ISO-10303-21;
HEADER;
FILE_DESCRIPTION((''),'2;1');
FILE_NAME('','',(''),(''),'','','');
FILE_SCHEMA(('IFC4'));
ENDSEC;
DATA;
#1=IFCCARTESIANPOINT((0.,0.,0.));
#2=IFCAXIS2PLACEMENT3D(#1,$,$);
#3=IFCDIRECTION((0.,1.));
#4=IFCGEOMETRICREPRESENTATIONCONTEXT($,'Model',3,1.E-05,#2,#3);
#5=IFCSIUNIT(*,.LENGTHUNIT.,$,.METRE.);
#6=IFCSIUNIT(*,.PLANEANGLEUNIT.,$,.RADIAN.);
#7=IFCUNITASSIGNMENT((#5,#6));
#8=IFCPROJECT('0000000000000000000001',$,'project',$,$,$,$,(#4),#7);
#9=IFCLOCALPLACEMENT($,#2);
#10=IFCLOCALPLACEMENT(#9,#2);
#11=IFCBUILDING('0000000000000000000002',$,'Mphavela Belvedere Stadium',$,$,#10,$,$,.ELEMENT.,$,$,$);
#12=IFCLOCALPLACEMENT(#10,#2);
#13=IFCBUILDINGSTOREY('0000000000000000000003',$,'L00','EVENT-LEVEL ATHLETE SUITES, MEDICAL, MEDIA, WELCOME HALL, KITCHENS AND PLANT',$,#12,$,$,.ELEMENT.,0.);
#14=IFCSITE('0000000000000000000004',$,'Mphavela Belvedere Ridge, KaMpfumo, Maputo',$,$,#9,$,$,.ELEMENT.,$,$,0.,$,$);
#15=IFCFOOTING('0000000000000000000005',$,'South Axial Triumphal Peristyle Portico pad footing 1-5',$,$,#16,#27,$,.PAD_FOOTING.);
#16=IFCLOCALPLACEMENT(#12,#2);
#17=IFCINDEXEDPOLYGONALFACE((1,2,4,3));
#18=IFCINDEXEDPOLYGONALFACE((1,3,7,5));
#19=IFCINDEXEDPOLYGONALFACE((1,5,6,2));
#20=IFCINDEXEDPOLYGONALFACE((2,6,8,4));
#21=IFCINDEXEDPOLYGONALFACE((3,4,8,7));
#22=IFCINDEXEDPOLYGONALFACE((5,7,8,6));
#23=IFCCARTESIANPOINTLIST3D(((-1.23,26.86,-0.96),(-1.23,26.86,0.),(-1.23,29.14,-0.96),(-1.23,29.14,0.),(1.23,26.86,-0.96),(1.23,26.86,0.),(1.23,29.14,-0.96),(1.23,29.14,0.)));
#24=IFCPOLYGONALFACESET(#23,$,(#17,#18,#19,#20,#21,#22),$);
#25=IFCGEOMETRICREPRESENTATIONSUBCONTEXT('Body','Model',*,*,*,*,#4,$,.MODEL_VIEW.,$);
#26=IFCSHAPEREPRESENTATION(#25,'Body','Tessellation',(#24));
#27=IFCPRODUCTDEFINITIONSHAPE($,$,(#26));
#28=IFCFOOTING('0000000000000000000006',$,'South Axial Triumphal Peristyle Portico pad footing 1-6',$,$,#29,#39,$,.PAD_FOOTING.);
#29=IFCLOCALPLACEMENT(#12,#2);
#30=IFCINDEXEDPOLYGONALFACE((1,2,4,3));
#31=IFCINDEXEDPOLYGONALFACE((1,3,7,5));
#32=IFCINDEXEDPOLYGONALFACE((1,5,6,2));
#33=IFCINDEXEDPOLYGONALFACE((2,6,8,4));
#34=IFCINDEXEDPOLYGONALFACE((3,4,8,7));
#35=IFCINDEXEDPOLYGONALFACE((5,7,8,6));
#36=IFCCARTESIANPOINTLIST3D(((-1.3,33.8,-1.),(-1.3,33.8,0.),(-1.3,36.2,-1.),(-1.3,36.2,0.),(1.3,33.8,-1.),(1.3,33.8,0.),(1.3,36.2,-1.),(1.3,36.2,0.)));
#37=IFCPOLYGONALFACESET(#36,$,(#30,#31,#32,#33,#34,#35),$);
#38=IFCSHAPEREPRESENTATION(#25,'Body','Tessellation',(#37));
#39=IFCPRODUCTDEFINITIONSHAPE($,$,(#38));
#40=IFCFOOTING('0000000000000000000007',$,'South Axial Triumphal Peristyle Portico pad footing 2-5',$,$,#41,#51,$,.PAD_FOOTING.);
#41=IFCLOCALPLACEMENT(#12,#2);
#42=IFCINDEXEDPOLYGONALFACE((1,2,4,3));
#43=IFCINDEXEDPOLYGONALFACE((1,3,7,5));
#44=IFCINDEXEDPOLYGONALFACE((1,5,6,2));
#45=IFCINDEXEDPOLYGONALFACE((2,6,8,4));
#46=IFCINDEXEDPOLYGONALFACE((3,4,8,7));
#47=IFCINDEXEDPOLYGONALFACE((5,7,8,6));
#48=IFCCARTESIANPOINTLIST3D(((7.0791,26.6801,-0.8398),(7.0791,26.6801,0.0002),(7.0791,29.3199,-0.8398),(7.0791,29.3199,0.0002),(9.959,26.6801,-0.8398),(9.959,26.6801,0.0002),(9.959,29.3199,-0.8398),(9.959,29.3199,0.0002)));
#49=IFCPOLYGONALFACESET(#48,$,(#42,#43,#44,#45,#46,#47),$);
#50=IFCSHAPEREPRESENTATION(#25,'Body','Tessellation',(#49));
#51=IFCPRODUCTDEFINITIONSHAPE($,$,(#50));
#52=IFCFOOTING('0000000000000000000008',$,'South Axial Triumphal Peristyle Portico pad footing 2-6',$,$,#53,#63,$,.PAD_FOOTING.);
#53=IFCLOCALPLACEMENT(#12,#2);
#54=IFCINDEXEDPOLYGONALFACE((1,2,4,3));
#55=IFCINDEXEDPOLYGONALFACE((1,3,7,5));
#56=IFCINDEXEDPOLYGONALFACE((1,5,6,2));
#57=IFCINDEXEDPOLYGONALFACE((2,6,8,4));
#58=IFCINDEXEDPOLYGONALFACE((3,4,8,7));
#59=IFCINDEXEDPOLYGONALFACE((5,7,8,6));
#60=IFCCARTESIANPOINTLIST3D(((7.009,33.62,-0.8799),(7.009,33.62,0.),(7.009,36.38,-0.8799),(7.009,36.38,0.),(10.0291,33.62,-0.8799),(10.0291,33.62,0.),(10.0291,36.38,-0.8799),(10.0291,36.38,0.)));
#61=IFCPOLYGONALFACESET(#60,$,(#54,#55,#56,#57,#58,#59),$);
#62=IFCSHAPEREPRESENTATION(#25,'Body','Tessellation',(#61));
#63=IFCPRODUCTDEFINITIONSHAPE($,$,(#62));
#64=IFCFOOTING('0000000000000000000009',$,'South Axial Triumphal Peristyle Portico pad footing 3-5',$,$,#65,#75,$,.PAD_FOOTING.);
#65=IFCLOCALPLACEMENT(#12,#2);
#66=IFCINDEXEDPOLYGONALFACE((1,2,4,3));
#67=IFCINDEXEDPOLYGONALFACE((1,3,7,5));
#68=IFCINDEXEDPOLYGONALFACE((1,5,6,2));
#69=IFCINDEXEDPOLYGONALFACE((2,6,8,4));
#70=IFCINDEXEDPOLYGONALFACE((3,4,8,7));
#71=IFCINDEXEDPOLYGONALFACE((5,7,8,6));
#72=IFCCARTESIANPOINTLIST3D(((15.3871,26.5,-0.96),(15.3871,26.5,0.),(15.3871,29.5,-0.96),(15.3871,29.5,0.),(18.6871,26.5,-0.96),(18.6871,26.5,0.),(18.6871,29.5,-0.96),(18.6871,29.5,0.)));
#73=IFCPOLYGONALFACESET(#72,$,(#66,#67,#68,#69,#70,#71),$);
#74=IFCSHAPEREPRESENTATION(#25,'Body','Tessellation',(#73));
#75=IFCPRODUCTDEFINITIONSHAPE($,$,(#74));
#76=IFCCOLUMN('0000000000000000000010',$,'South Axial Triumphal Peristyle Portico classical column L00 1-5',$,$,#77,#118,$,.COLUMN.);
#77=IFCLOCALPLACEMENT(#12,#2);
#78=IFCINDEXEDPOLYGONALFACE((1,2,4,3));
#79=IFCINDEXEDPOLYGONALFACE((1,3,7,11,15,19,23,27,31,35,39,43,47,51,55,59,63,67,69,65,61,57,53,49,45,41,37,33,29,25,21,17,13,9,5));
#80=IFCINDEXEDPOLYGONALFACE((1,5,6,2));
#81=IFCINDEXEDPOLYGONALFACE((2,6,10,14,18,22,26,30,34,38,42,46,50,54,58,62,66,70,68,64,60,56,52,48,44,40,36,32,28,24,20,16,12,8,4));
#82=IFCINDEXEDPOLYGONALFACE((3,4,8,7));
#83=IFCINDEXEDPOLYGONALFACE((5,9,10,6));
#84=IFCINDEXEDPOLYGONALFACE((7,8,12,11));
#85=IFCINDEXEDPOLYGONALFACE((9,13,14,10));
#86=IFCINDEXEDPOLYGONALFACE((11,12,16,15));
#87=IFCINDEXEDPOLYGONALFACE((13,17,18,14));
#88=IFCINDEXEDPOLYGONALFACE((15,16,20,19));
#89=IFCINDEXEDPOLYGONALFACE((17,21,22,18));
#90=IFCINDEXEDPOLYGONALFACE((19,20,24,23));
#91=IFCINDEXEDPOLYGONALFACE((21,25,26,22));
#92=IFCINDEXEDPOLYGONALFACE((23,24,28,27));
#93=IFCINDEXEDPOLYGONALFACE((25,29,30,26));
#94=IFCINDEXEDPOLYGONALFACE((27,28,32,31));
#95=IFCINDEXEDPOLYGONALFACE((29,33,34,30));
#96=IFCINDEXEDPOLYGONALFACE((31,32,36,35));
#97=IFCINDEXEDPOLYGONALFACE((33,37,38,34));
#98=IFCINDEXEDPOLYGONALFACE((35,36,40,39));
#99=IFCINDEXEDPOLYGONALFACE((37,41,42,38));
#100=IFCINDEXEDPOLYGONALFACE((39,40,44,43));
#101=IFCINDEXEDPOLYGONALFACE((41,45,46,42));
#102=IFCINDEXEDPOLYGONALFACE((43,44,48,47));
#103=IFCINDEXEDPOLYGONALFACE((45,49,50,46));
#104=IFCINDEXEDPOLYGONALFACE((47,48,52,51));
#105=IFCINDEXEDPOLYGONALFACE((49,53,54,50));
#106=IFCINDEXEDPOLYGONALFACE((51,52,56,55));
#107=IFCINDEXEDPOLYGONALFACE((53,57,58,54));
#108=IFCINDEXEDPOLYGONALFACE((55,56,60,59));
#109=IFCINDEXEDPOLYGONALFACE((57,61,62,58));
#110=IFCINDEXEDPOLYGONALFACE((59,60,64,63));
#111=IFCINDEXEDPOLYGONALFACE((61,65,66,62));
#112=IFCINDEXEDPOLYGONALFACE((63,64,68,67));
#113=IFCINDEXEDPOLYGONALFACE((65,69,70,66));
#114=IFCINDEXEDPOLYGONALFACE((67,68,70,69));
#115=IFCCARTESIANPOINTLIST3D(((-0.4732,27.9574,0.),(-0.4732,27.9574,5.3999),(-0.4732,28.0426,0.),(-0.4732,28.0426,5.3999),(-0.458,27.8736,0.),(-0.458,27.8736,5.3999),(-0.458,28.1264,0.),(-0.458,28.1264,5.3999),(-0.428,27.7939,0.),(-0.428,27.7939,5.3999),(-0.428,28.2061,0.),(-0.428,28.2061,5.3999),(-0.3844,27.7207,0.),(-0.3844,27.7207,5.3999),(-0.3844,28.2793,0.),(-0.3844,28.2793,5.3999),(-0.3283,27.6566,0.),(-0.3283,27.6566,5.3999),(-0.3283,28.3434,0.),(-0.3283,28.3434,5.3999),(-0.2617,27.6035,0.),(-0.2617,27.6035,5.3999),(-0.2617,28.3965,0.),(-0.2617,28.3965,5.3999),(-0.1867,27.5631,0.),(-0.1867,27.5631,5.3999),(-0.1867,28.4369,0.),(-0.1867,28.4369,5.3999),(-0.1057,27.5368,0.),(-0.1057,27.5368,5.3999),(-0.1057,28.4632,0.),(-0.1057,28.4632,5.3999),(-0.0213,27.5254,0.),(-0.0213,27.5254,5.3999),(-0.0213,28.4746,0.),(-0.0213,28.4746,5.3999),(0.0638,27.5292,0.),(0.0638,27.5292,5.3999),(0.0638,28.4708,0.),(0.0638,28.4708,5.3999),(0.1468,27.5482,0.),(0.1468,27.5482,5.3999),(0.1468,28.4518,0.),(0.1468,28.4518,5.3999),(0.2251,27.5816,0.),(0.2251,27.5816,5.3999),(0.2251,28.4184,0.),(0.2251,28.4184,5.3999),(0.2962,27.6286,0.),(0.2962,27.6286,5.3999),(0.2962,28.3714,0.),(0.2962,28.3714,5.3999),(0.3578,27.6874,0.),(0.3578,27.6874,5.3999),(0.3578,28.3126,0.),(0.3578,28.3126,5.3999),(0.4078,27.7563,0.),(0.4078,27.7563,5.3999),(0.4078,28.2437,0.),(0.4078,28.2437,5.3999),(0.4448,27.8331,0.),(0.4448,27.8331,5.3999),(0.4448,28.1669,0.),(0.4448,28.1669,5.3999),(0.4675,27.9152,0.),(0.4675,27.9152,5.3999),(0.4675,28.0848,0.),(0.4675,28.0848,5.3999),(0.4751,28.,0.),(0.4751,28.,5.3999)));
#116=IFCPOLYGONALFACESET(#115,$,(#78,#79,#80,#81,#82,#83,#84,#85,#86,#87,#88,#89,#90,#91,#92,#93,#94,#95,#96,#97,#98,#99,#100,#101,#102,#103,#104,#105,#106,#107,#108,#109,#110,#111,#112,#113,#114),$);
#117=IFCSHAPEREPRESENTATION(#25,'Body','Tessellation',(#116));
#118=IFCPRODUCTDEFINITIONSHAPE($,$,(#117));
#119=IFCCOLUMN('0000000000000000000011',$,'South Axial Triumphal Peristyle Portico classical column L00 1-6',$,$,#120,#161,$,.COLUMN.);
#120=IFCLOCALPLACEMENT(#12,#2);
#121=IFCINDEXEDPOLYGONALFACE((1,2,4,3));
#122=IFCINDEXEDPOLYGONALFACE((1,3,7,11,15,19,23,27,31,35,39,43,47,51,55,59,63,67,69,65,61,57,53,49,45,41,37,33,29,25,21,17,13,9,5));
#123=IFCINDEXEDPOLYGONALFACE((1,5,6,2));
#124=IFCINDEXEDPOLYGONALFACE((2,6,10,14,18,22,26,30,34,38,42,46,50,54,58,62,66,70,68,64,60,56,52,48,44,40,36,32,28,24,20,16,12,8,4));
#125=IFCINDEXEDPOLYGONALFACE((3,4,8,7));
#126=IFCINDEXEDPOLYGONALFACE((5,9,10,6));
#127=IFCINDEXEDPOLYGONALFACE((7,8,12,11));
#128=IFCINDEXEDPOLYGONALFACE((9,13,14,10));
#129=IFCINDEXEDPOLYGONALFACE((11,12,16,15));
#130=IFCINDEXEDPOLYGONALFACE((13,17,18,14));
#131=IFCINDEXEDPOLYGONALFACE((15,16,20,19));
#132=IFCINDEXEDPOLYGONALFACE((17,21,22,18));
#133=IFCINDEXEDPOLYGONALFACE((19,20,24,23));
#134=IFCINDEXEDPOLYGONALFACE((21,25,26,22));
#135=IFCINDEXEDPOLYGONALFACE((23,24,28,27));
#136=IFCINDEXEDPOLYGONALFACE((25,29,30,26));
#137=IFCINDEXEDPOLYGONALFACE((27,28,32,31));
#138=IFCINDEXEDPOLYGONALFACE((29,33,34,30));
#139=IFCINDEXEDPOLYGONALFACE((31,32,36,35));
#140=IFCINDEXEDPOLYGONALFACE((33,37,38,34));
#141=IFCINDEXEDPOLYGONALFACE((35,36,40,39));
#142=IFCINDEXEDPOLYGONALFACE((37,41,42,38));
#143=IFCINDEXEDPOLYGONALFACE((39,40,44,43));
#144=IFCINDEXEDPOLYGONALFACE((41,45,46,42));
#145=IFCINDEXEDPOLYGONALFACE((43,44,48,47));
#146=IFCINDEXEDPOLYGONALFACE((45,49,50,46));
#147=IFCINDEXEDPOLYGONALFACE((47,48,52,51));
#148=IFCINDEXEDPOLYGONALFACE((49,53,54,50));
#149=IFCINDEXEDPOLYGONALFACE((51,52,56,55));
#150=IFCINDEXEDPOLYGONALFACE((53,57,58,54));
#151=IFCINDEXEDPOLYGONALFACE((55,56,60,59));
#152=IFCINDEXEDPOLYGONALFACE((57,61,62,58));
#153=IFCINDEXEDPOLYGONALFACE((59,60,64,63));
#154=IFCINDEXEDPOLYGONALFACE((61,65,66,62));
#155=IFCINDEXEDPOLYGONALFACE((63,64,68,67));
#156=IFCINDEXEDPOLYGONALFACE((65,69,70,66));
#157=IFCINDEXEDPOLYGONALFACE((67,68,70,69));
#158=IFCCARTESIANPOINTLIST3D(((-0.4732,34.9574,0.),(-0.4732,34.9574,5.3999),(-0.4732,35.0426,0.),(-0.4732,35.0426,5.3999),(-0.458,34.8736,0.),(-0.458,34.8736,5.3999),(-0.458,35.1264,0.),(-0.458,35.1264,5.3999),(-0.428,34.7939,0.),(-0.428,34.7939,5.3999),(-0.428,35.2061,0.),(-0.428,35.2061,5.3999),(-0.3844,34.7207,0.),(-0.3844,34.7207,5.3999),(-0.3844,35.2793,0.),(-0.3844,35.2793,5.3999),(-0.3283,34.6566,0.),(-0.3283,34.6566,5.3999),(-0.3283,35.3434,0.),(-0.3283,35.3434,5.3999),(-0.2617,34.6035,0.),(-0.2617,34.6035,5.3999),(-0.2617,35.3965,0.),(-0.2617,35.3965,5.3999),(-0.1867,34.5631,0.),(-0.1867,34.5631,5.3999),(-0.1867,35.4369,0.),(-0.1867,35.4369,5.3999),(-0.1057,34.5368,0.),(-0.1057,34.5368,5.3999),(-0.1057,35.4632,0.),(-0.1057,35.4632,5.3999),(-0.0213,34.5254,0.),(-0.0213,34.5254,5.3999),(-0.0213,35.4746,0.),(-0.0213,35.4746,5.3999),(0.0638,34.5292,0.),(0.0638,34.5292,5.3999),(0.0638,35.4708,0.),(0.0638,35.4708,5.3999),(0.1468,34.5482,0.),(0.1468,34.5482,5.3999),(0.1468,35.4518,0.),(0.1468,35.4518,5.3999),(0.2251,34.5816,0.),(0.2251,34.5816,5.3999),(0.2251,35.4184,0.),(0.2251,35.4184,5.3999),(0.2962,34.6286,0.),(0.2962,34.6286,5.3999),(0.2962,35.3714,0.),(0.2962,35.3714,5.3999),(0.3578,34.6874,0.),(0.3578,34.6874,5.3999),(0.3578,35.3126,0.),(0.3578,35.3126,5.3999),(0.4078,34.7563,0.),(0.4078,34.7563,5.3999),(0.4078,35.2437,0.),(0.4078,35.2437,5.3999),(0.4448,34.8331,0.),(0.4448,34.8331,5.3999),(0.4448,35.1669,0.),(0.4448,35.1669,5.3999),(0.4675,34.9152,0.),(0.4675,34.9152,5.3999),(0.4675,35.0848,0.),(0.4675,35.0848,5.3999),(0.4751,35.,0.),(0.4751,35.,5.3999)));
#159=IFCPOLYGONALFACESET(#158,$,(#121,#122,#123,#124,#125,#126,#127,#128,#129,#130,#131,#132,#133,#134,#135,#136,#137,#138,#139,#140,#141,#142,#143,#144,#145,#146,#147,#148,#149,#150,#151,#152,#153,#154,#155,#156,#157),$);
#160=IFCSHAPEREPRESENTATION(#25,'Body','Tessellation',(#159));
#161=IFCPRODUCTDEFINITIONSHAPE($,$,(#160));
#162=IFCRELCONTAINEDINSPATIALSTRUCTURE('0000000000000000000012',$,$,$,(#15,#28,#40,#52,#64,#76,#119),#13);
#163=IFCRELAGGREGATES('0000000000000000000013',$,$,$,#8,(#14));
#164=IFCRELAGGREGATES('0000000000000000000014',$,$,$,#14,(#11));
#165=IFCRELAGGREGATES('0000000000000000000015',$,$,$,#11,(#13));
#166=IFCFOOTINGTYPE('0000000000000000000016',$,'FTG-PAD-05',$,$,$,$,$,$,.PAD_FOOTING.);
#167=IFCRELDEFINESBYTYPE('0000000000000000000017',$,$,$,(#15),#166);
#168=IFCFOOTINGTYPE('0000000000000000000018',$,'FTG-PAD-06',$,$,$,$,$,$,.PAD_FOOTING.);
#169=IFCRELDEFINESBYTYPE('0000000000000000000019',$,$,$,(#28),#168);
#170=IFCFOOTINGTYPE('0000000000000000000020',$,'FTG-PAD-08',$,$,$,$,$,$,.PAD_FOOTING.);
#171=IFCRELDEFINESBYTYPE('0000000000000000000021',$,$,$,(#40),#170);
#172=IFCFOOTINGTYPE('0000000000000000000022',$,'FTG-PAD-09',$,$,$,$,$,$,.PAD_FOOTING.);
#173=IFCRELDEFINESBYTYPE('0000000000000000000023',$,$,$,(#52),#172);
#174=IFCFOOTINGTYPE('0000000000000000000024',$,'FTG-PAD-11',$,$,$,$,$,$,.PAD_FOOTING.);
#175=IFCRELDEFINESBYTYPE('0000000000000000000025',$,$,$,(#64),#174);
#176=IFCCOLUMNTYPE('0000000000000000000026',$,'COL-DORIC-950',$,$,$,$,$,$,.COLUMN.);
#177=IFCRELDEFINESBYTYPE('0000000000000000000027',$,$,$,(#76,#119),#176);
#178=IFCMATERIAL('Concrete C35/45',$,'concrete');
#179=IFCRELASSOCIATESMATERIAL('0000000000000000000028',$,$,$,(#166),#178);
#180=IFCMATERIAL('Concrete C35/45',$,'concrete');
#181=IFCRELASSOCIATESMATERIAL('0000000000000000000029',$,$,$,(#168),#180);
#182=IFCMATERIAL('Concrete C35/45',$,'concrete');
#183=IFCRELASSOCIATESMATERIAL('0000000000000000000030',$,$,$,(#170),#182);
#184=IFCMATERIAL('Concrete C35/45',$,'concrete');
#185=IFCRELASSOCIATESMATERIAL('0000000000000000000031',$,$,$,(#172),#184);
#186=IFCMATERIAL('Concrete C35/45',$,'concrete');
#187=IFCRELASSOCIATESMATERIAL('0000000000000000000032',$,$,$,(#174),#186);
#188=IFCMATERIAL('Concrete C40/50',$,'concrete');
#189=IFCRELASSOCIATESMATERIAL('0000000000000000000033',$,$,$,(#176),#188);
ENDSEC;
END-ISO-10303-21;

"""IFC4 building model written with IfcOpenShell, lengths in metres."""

from ifc_helpers import new_model, si_unit, direction, frame, origin, origin_2d, place, context, subcontext, project, spatial, rectangle, circle, extrude, material, material_profile, profile_set, type_object, element, save


model = new_model("IFC4")

# Units and contexts
model_context = context("Model", 3, precision=1e-05, world=origin(), true_north=direction((0.0, 1.0)))
body_context = subcontext(model_context, "Body", "Model", "MODEL_VIEW")
ifc_project = project(units=[si_unit("LENGTHUNIT", "METRE"), si_unit("PLANEANGLEUNIT", "RADIAN")], contexts=[model_context])

# Site, building, storey
site_placement = place(None, origin())
site = spatial("IfcSite", under=ifc_project, at=site_placement, Name="Mphavela Belvedere Ridge, KaMpfumo, Maputo", CompositionType="ELEMENT", RefElevation=0.0)
building_placement = place(site_placement, origin())
building = spatial("IfcBuilding", under=site, at=building_placement, Name="Mphavela Belvedere Stadium", CompositionType="ELEMENT")
storey_placement = place(building_placement, origin())
storey = spatial("IfcBuildingStorey", under=building, at=storey_placement, Name="L00", Description="EVENT-LEVEL ATHLETE SUITES, MEDICAL, MEDIA, WELCOME HALL, KITCHENS AND PLANT", CompositionType="ELEMENT", Elevation=0.0)

# Footings
ifc_material_1 = material(Name="Concrete C35/45", Category="concrete")
footing_type_1 = type_object("IfcFootingType", Name="FTG-PAD-05", PredefinedType="PAD_FOOTING", material=ifc_material_1)
footing_1_placement = place(storey_placement, frame((0.0, 28.0, -0.96), z_axis=(0.0, 0.0, 1.0), x_axis=(1.0, 0.0, 0.0)))
element("IfcFooting", 1, at=footing_1_placement, inside=storey, type_object=footing_type_1, Name="South Axial Triumphal Peristyle Portico pad footing 1-5", PredefinedType="PAD_FOOTING", context=body_context, shape_type="SweptSolid", body=[
    extrude(rectangle(XDim=2.46, YDim=2.28, at=origin_2d()), origin(), (0.0, 0.0, 1.0), 0.96),
])
ifc_material_2 = material(Name="Concrete C35/45", Category="concrete")
footing_type_2 = type_object("IfcFootingType", Name="FTG-PAD-06", PredefinedType="PAD_FOOTING", material=ifc_material_2)
footing_2_placement = place(storey_placement, frame((0.0, 35.0, -1.0), z_axis=(0.0, 0.0, 1.0), x_axis=(1.0, 0.0, 0.0)))
element("IfcFooting", 2, at=footing_2_placement, inside=storey, type_object=footing_type_2, Name="South Axial Triumphal Peristyle Portico pad footing 1-6", PredefinedType="PAD_FOOTING", context=body_context, shape_type="SweptSolid", body=[
    extrude(rectangle(XDim=2.6001, YDim=2.3999, at=origin_2d()), origin(), (0.0, 0.0, 1.0), 1.0),
])
ifc_material_3 = material(Name="Concrete C35/45", Category="concrete")
footing_type_3 = type_object("IfcFootingType", Name="FTG-PAD-08", PredefinedType="PAD_FOOTING", material=ifc_material_3)
footing_3_placement = place(storey_placement, frame((8.519, 28.0, -0.8398), z_axis=(0.0, 0.0, 1.0), x_axis=(1.0, 0.0, 0.0)))
element("IfcFooting", 3, at=footing_3_placement, inside=storey, type_object=footing_type_3, Name="South Axial Triumphal Peristyle Portico pad footing 2-5", PredefinedType="PAD_FOOTING", context=body_context, shape_type="SweptSolid", body=[
    extrude(rectangle(XDim=2.8799, YDim=2.6399, at=origin_2d()), origin(), (0.0, 0.0, 1.0), 0.8401),
])
ifc_material_4 = material(Name="Concrete C35/45", Category="concrete")
footing_type_4 = type_object("IfcFootingType", Name="FTG-PAD-09", PredefinedType="PAD_FOOTING", material=ifc_material_4)
footing_4_placement = place(storey_placement, frame((8.519, 35.0, -0.8799), z_axis=(0.0, 0.0, 1.0), x_axis=(1.0, 0.0, 0.0)))
element("IfcFooting", 4, at=footing_4_placement, inside=storey, type_object=footing_type_4, Name="South Axial Triumphal Peristyle Portico pad footing 2-6", PredefinedType="PAD_FOOTING", context=body_context, shape_type="SweptSolid", body=[
    extrude(rectangle(XDim=3.02, YDim=2.76, at=origin_2d()), origin(), (0.0, 0.0, 1.0), 0.8799),
])
ifc_material_5 = material(Name="Concrete C35/45", Category="concrete")
footing_type_5 = type_object("IfcFootingType", Name="FTG-PAD-11", PredefinedType="PAD_FOOTING", material=ifc_material_5)
footing_5_placement = place(storey_placement, frame((17.0371, 28.0, -0.96), z_axis=(0.0, 0.0, 1.0), x_axis=(1.0, 0.0, 0.0)))
element("IfcFooting", 5, at=footing_5_placement, inside=storey, type_object=footing_type_5, Name="South Axial Triumphal Peristyle Portico pad footing 3-5", PredefinedType="PAD_FOOTING", context=body_context, shape_type="SweptSolid", body=[
    extrude(rectangle(XDim=3.3, YDim=3.0, at=origin_2d()), origin(), (0.0, 0.0, 1.0), 0.96),
])

# Columns
ifc_material_6 = material(Name="Concrete C40/50", Category="concrete")
ifc_material_profile_1 = material_profile(ifc_material_6, circle(Radius=0.4751, at=origin_2d()), Name="COL D950")
ifc_profile_set_1 = profile_set([ifc_material_profile_1], Name="Concrete C40/50")
column_type = type_object("IfcColumnType", Name="COL-DORIC-950", PredefinedType="COLUMN", material=ifc_profile_set_1)
for number, where, z_axis, x_axis, name in (
    (6, (0.0, 28.0, 0.0), (0.0, 0.0, 1.0), (1.0, 0.0, 0.0), "South Axial Triumphal Peristyle Portico classical column L00 1-5"),
    (7, (0.0, 35.0, 0.0), (0.0, 0.0, 1.0), (1.0, 0.0, 0.0), "South Axial Triumphal Peristyle Portico classical column L00 1-6"),
):
    element("IfcColumn", number, at=place(storey_placement, frame(where, z_axis=z_axis, x_axis=x_axis)), inside=storey, type_object=column_type, Name=name, PredefinedType="COLUMN", context=body_context, shape_type="SweptSolid", body=[
        extrude(circle(Radius=0.4751, at=origin_2d()), origin(), (0.0, 0.0, 1.0), 5.3999),
    ])

save(model, "model.ifc")
